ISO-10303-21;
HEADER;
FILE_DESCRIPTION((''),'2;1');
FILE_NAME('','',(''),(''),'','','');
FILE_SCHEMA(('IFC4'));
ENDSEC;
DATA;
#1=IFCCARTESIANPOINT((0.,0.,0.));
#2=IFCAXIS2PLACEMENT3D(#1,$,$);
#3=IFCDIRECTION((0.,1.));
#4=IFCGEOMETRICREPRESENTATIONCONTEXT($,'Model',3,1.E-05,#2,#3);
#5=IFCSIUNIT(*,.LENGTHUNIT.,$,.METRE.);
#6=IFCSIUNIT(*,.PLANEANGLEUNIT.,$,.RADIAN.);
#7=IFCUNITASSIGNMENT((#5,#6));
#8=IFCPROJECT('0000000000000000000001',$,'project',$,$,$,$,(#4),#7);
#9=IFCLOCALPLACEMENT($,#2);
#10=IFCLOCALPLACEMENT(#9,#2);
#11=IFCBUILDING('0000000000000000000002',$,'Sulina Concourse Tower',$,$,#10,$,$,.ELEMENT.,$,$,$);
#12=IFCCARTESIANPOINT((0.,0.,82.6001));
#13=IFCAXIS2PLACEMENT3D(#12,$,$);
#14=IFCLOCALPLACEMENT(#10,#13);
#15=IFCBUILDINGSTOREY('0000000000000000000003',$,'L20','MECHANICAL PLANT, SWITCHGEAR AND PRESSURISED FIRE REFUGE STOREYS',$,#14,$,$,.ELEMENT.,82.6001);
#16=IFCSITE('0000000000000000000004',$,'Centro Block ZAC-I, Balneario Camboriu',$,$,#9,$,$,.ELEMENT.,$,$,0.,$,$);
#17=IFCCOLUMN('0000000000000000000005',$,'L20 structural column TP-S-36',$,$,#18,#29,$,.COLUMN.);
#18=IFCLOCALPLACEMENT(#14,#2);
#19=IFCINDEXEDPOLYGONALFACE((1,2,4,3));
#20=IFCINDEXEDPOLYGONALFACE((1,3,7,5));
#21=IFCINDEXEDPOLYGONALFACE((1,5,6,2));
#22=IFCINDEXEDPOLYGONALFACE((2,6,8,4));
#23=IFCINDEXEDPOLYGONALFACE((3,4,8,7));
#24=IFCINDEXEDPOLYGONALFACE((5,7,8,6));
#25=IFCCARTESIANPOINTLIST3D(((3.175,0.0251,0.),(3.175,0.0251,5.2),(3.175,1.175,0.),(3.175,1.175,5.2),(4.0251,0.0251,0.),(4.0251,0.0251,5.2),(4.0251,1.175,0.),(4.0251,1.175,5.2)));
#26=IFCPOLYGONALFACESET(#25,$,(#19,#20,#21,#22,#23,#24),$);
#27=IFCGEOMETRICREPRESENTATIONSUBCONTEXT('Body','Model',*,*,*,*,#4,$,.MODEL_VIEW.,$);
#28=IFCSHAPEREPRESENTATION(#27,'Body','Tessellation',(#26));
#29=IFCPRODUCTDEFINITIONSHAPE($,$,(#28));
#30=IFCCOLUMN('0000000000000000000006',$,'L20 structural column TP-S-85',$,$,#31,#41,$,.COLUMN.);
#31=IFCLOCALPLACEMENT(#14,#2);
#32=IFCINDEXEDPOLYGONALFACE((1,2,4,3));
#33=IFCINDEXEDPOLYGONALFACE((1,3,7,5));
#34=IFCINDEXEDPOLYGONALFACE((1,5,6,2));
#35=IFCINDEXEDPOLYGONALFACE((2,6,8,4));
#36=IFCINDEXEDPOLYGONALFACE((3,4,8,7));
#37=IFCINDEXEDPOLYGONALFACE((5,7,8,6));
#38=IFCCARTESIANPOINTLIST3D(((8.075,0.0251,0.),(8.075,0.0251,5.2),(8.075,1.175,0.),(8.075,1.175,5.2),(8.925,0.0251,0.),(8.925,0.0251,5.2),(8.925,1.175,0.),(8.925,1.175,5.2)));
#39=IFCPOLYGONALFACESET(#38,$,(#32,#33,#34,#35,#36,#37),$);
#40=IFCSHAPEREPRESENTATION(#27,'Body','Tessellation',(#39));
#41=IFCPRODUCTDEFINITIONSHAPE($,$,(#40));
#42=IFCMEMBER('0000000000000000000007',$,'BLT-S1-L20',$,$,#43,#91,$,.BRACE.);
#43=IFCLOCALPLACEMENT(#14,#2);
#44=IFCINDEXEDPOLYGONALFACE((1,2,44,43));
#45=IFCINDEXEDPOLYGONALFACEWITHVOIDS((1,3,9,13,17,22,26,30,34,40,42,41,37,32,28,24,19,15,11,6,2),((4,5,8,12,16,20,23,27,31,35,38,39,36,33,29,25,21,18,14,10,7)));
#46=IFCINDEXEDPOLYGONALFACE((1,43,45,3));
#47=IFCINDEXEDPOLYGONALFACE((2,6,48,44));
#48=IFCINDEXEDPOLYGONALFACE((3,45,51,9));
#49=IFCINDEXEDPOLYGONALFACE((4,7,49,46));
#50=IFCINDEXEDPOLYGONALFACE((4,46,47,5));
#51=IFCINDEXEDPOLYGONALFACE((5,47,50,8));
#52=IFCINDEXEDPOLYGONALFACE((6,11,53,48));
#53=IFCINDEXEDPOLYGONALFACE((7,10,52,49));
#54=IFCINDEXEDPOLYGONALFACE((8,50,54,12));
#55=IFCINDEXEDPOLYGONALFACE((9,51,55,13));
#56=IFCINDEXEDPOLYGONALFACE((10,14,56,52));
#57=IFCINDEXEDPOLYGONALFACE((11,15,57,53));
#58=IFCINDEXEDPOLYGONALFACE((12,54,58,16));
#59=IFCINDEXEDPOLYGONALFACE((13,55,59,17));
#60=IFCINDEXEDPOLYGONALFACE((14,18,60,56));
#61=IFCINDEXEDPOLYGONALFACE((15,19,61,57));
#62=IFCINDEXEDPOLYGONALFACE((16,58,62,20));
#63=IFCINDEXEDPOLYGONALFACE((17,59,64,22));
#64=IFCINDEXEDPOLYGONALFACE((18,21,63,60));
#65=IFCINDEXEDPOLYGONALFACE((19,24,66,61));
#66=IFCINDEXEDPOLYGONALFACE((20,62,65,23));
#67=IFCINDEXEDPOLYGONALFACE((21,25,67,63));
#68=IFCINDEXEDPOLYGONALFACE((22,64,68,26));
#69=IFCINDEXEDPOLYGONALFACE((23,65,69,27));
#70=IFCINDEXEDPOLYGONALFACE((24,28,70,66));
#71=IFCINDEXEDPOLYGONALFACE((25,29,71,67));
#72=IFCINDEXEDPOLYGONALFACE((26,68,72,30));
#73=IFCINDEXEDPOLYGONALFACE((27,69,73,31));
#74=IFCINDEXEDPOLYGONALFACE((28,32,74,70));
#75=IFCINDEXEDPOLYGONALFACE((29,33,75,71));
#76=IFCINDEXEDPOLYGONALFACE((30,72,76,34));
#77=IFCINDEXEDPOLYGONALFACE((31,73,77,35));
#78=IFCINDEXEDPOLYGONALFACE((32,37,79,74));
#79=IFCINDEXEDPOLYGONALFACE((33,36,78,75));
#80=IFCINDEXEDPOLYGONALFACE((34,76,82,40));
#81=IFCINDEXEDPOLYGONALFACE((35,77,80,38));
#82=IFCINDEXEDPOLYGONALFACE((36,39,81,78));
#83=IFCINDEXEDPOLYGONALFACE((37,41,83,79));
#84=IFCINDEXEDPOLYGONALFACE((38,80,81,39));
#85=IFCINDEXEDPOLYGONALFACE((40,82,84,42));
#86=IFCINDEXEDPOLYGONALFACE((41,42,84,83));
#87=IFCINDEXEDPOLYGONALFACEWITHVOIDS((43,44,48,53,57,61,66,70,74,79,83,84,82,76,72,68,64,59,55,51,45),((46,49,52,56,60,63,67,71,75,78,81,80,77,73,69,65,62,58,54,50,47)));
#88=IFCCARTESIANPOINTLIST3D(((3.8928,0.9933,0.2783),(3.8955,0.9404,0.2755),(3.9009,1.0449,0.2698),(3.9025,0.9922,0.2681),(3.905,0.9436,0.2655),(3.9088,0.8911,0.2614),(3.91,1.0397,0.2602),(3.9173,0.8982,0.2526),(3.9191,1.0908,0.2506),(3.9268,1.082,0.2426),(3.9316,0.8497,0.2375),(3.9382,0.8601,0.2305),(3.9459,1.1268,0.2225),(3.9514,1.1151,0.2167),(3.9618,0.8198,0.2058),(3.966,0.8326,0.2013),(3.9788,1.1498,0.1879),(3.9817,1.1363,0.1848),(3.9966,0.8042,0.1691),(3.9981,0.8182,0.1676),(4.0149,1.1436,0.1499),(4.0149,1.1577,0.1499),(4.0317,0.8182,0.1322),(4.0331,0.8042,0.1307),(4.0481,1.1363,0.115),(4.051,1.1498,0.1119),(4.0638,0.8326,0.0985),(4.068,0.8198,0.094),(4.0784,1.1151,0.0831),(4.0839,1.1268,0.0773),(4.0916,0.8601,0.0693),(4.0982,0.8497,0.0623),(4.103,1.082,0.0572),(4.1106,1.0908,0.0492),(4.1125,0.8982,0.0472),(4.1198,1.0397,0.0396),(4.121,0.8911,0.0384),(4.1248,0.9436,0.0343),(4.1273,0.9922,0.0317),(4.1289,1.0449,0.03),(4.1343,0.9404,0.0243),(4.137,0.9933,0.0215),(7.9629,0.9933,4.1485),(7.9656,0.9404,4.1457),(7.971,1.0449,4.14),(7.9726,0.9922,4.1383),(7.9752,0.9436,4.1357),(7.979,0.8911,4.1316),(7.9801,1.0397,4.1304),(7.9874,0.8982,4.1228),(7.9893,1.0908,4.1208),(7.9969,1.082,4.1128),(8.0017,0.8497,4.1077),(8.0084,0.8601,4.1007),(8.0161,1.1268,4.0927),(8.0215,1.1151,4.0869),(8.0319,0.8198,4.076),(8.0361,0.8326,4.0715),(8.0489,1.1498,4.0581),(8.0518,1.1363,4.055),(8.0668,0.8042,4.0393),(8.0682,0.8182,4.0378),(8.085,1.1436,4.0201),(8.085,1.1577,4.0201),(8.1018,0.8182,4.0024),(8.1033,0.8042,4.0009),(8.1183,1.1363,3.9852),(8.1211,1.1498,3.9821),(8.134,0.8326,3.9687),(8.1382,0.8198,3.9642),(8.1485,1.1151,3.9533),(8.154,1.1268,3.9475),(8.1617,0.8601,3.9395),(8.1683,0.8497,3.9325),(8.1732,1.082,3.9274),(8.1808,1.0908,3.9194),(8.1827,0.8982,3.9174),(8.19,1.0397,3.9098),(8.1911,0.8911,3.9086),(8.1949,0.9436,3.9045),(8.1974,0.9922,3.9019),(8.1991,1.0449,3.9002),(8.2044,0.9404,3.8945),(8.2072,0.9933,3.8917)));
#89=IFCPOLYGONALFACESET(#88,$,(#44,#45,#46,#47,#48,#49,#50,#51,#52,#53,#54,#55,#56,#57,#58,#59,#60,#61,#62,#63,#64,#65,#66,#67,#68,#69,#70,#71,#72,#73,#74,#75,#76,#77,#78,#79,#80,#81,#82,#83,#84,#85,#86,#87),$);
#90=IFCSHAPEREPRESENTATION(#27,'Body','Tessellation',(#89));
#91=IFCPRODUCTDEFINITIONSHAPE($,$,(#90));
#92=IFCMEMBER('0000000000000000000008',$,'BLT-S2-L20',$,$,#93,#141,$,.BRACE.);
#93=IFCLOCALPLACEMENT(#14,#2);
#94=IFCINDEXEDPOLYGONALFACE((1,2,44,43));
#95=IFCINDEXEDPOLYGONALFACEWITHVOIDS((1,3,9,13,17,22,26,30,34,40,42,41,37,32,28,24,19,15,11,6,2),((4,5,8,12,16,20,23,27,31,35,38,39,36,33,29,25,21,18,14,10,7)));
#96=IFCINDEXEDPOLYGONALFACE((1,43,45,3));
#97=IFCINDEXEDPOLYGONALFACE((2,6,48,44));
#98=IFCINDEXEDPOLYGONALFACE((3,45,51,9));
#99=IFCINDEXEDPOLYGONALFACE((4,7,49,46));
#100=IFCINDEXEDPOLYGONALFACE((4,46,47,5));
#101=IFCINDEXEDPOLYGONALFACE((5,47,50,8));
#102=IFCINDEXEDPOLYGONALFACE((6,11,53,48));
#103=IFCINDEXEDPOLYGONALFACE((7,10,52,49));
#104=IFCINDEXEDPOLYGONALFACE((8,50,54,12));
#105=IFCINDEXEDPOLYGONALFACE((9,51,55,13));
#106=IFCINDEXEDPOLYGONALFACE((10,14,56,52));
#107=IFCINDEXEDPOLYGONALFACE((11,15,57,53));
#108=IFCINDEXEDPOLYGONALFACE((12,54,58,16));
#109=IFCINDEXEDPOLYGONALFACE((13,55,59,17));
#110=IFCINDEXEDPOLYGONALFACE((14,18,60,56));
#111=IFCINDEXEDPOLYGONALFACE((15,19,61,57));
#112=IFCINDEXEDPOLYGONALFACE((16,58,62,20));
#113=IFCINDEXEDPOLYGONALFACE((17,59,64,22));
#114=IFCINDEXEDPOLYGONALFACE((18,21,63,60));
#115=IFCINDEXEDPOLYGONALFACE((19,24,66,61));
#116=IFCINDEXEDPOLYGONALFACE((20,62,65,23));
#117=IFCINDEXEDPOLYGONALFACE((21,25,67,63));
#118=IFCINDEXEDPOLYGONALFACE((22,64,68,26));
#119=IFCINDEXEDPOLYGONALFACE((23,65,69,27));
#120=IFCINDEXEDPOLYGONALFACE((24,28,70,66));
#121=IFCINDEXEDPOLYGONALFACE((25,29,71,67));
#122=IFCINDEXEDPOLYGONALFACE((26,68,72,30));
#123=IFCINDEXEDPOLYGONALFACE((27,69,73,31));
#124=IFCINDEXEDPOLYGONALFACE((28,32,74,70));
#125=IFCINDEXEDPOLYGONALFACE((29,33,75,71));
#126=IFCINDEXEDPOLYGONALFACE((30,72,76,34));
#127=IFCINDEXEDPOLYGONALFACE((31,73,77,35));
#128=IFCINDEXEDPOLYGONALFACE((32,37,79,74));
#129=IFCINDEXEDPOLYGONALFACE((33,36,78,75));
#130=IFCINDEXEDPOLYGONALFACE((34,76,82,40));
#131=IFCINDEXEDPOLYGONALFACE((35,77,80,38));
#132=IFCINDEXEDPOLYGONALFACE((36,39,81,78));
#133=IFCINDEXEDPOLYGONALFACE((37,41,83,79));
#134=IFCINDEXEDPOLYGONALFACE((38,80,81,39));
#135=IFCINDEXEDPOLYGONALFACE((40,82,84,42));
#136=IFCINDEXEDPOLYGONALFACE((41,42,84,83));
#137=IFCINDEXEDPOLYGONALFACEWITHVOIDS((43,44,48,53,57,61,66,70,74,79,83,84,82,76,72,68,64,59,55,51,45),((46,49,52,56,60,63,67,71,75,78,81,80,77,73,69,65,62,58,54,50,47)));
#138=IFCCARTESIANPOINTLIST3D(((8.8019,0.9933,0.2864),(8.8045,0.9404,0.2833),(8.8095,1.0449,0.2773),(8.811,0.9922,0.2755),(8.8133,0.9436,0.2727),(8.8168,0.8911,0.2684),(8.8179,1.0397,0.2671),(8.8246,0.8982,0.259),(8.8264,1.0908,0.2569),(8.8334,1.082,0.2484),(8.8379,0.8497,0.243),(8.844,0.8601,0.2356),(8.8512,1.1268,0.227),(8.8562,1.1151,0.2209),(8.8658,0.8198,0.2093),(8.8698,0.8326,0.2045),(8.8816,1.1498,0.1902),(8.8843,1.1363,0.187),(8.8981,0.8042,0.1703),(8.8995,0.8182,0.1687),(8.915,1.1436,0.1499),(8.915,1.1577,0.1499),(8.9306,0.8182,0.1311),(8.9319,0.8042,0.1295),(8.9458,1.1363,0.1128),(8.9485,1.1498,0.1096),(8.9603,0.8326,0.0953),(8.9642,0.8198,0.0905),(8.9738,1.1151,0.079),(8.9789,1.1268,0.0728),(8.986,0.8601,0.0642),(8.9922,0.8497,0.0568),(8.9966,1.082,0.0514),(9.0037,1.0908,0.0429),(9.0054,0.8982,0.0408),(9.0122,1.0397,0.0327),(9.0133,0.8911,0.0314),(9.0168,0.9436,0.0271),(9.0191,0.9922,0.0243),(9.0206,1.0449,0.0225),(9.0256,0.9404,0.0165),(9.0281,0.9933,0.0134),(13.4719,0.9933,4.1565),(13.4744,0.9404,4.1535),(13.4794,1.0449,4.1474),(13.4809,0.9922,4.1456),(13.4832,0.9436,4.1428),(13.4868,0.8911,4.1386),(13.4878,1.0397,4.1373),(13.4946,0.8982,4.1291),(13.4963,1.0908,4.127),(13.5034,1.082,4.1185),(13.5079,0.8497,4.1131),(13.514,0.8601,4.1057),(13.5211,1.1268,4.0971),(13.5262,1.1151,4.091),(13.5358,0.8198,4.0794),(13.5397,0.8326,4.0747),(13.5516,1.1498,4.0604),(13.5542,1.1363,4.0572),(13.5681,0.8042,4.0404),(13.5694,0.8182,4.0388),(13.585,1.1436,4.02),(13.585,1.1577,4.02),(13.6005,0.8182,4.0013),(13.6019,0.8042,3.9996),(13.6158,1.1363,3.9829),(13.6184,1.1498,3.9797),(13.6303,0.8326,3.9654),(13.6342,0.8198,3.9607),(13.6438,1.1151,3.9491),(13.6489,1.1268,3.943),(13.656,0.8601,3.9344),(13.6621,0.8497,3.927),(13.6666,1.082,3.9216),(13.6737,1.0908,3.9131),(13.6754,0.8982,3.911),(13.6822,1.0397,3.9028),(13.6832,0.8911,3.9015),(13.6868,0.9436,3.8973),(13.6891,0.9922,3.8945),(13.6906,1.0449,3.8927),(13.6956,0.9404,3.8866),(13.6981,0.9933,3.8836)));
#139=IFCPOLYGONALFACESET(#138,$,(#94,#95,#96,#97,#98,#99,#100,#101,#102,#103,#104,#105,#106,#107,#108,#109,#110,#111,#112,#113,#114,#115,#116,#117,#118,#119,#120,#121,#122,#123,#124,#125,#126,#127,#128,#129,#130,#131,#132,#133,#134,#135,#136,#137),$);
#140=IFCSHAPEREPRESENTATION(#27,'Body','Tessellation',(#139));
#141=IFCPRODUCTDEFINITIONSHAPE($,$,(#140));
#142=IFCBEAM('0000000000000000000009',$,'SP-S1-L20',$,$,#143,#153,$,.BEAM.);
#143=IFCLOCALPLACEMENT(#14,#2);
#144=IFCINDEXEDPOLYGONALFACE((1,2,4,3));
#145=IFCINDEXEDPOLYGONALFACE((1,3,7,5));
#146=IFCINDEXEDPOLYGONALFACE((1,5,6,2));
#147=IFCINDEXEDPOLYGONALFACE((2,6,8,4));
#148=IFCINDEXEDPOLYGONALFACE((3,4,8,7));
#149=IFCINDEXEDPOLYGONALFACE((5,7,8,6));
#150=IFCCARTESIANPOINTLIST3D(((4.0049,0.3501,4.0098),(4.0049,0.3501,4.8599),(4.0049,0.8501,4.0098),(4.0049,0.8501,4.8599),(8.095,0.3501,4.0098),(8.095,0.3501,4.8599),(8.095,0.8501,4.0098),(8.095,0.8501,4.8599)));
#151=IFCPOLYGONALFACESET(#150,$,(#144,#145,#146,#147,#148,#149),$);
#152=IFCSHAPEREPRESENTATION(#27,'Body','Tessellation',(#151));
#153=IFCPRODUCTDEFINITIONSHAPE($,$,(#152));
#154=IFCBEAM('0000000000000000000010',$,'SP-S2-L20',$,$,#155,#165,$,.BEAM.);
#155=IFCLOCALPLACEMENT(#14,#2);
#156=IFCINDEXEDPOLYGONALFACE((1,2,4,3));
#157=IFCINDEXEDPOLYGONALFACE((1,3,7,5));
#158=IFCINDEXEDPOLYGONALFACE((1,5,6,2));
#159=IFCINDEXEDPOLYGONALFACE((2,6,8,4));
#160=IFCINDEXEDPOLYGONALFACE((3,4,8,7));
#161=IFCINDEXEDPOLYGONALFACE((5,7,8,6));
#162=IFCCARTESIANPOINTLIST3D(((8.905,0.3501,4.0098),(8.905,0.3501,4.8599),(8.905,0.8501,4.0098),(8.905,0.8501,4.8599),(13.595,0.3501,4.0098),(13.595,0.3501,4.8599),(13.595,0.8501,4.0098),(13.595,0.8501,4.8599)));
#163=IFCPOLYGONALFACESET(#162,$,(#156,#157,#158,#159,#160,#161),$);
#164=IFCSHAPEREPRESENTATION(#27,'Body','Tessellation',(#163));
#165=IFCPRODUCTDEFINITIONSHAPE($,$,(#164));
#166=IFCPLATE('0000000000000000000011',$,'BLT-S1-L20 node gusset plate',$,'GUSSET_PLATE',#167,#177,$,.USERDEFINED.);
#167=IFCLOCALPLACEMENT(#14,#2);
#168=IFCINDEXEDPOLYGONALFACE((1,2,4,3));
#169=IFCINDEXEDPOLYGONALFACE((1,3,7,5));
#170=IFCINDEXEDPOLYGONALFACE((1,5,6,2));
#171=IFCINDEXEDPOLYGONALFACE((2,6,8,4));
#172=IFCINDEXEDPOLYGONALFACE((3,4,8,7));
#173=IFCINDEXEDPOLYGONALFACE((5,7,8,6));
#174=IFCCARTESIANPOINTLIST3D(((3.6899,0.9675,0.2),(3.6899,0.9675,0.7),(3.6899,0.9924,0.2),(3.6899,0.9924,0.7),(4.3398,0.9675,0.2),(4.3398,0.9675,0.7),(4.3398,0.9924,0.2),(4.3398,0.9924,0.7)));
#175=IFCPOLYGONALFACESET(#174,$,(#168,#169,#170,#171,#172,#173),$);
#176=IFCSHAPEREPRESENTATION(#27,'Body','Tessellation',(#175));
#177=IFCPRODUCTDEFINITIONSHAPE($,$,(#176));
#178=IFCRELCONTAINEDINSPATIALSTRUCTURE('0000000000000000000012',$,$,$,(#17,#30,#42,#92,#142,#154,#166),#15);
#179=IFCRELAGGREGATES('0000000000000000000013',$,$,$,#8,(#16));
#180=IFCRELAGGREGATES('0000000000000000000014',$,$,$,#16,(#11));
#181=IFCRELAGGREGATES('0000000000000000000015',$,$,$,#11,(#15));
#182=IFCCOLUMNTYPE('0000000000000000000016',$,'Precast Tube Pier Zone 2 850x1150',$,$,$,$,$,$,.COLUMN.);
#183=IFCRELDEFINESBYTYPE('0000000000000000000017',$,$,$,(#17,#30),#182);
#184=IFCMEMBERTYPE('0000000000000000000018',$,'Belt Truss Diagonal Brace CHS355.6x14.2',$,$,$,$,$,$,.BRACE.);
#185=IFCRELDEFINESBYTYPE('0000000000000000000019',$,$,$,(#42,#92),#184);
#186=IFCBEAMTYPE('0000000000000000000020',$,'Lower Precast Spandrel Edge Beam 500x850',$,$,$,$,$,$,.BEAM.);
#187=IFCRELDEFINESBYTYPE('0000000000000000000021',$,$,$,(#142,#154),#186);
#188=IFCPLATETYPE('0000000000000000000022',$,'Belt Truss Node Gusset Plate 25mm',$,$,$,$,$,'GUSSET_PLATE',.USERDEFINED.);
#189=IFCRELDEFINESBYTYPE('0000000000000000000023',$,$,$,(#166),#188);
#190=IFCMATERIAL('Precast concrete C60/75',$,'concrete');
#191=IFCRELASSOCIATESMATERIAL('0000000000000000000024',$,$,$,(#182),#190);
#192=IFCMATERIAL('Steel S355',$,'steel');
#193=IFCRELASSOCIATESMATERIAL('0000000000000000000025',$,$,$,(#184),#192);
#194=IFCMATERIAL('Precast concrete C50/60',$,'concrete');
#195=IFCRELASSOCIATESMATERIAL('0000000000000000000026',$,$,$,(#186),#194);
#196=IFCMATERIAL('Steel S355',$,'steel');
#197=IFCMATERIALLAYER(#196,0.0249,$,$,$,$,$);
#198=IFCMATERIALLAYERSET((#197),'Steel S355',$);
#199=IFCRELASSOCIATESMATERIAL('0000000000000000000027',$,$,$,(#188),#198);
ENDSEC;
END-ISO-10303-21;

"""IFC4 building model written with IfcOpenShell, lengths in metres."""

from ifc_helpers import new_model, si_unit, direction, frame, origin, origin_2d, place, context, subcontext, project, spatial, rectangle, hollow_circle, extrude, material, layer, layer_set, material_profile, profile_set, type_object, element, save


model = new_model("IFC4")

# Units and contexts
model_context = context("Model", 3, precision=1e-05, world=origin(), true_north=direction((0.0, 1.0)))
body_context = subcontext(model_context, "Body", "Model", "MODEL_VIEW")
ifc_project = project(units=[si_unit("LENGTHUNIT", "METRE"), si_unit("PLANEANGLEUNIT", "RADIAN")], contexts=[model_context])

# Site, building, storey
site_placement = place(None, origin())
site = spatial("IfcSite", under=ifc_project, at=site_placement, Name="Centro Block ZAC-I, Balneario Camboriu", CompositionType="ELEMENT", RefElevation=0.0)
building_placement = place(site_placement, origin())
building = spatial("IfcBuilding", under=site, at=building_placement, Name="Sulina Concourse Tower", CompositionType="ELEMENT")
storey_placement = place(building_placement, frame((0.0, 0.0, 82.6001)))
storey = spatial("IfcBuildingStorey", under=building, at=storey_placement, Name="L20", Description="MECHANICAL PLANT, SWITCHGEAR AND PRESSURISED FIRE REFUGE STOREYS", CompositionType="ELEMENT", Elevation=82.6001)

# Columns
ifc_material_1 = material(Name="Precast concrete C60/75", Category="concrete")
ifc_material_profile_1 = material_profile(ifc_material_1, rectangle(XDim=0.8501, YDim=1.1499, at=origin_2d()), Name="PC 850x1150")
ifc_profile_set_1 = profile_set([ifc_material_profile_1], Name="Precast concrete C60/75")
column_type = type_object("IfcColumnType", Name="Precast Tube Pier Zone 2 850x1150", PredefinedType="COLUMN", material=ifc_profile_set_1)
for number, where, z_axis, x_axis, name in (
    (1, (3.6001, 0.6001, 0.0), (0.0, 0.0, 1.0), (1.0, 0.0, 0.0), "L20 structural column TP-S-36"),
    (2, (8.5, 0.6001, 0.0), (0.0, 0.0, 1.0), (1.0, 0.0, 0.0), "L20 structural column TP-S-85"),
):
    element("IfcColumn", number, at=place(storey_placement, frame(where, z_axis=z_axis, x_axis=x_axis)), inside=storey, type_object=column_type, Name=name, PredefinedType="COLUMN", context=body_context, shape_type="SweptSolid", body=[
        extrude(rectangle(XDim=0.8501, YDim=1.1499, at=origin_2d()), origin(), (0.0, 0.0, 1.0), 5.2),
    ])

# Members
ifc_material_2 = material(Name="Steel S355", Category="steel")
ifc_material_profile_2 = material_profile(ifc_material_2, hollow_circle(Radius=0.1777, WallThickness=0.0142, at=origin_2d()), Name="CHS 355.6x14.2")
ifc_profile_set_2 = profile_set([ifc_material_profile_2], Name="Steel S355")
member_type = type_object("IfcMemberType", Name="Belt Truss Diagonal Brace CHS355.6x14.2", PredefinedType="BRACE", material=ifc_profile_set_2)
member_1_placement = place(storey_placement, frame((4.0149, 0.98, 0.1499), z_axis=(0.724684, 0.0, 0.689082), x_axis=(0.0, 1.0, 0.0)))
element("IfcMember", 3, at=member_1_placement, inside=storey, type_object=member_type, Name="BLT-S1-L20", PredefinedType="BRACE", context=body_context, shape_type="SweptSolid", body=[
    extrude(hollow_circle(Radius=0.1777, WallThickness=0.0142, at=origin_2d()), origin(), (0.0, 0.0, 1.0), 5.6165),
])
member_2_placement = place(storey_placement, frame((8.915, 0.98, 0.1499), z_axis=(0.769961, 0.0, 0.638092), x_axis=(0.0, 1.0, 0.0)))
element("IfcMember", 4, at=member_2_placement, inside=storey, type_object=member_type, Name="BLT-S2-L20", PredefinedType="BRACE", context=body_context, shape_type="SweptSolid", body=[
    extrude(hollow_circle(Radius=0.1777, WallThickness=0.0142, at=origin_2d()), origin(), (0.0, 0.0, 1.0), 6.0652),
])

# Beams
ifc_material_3 = material(Name="Precast concrete C50/60", Category="concrete")
ifc_material_profile_3 = material_profile(ifc_material_3, rectangle(XDim=0.5, YDim=0.8501, at=origin_2d()), Name="RC 500x850")
ifc_profile_set_3 = profile_set([ifc_material_profile_3], Name="Precast concrete C50/60")
beam_type = type_object("IfcBeamType", Name="Lower Precast Spandrel Edge Beam 500x850", PredefinedType="BEAM", material=ifc_profile_set_3)
beam_1_placement = place(storey_placement, frame((4.0049, 0.6001, 4.4348), z_axis=(1.0, 0.0, 0.0), x_axis=(0.0, 1.0, 0.0)))
element("IfcBeam", 5, at=beam_1_placement, inside=storey, type_object=beam_type, Name="SP-S1-L20", PredefinedType="BEAM", context=body_context, shape_type="SweptSolid", body=[
    extrude(rectangle(XDim=0.5, YDim=0.8501, at=origin_2d()), origin(), (0.0, 0.0, 1.0), 4.0901),
])
beam_2_placement = place(storey_placement, frame((8.905, 0.6001, 4.4348), z_axis=(1.0, 0.0, 0.0), x_axis=(0.0, 1.0, 0.0)))
element("IfcBeam", 6, at=beam_2_placement, inside=storey, type_object=beam_type, Name="SP-S2-L20", PredefinedType="BEAM", context=body_context, shape_type="SweptSolid", body=[
    extrude(rectangle(XDim=0.5, YDim=0.8501, at=origin_2d()), origin(), (0.0, 0.0, 1.0), 4.6899),
])

# Plate
ifc_material_4 = material(Name="Steel S355", Category="steel")
ifc_layer_1 = layer(ifc_material_4, 0.0249)
ifc_layer_set_1 = layer_set([ifc_layer_1], Name="Steel S355")
plate_type_1 = type_object("IfcPlateType", Name="Belt Truss Node Gusset Plate 25mm", ElementType="GUSSET_PLATE", PredefinedType="USERDEFINED", material=ifc_layer_set_1)
plate_placement = place(storey_placement, frame((4.0149, 0.98, 0.2), z_axis=(0.0, 0.0, 1.0), x_axis=(1.0, 0.0, 0.0)))
element("IfcPlate", 7, at=plate_placement, inside=storey, type_object=plate_type_1, Name="BLT-S1-L20 node gusset plate", ObjectType="GUSSET_PLATE", PredefinedType="USERDEFINED", context=body_context, shape_type="SweptSolid", body=[
    extrude(rectangle(XDim=0.6499, YDim=0.0249, at=origin_2d()), origin(), (0.0, 0.0, 1.0), 0.5),
])

save(model, "model.ifc")
